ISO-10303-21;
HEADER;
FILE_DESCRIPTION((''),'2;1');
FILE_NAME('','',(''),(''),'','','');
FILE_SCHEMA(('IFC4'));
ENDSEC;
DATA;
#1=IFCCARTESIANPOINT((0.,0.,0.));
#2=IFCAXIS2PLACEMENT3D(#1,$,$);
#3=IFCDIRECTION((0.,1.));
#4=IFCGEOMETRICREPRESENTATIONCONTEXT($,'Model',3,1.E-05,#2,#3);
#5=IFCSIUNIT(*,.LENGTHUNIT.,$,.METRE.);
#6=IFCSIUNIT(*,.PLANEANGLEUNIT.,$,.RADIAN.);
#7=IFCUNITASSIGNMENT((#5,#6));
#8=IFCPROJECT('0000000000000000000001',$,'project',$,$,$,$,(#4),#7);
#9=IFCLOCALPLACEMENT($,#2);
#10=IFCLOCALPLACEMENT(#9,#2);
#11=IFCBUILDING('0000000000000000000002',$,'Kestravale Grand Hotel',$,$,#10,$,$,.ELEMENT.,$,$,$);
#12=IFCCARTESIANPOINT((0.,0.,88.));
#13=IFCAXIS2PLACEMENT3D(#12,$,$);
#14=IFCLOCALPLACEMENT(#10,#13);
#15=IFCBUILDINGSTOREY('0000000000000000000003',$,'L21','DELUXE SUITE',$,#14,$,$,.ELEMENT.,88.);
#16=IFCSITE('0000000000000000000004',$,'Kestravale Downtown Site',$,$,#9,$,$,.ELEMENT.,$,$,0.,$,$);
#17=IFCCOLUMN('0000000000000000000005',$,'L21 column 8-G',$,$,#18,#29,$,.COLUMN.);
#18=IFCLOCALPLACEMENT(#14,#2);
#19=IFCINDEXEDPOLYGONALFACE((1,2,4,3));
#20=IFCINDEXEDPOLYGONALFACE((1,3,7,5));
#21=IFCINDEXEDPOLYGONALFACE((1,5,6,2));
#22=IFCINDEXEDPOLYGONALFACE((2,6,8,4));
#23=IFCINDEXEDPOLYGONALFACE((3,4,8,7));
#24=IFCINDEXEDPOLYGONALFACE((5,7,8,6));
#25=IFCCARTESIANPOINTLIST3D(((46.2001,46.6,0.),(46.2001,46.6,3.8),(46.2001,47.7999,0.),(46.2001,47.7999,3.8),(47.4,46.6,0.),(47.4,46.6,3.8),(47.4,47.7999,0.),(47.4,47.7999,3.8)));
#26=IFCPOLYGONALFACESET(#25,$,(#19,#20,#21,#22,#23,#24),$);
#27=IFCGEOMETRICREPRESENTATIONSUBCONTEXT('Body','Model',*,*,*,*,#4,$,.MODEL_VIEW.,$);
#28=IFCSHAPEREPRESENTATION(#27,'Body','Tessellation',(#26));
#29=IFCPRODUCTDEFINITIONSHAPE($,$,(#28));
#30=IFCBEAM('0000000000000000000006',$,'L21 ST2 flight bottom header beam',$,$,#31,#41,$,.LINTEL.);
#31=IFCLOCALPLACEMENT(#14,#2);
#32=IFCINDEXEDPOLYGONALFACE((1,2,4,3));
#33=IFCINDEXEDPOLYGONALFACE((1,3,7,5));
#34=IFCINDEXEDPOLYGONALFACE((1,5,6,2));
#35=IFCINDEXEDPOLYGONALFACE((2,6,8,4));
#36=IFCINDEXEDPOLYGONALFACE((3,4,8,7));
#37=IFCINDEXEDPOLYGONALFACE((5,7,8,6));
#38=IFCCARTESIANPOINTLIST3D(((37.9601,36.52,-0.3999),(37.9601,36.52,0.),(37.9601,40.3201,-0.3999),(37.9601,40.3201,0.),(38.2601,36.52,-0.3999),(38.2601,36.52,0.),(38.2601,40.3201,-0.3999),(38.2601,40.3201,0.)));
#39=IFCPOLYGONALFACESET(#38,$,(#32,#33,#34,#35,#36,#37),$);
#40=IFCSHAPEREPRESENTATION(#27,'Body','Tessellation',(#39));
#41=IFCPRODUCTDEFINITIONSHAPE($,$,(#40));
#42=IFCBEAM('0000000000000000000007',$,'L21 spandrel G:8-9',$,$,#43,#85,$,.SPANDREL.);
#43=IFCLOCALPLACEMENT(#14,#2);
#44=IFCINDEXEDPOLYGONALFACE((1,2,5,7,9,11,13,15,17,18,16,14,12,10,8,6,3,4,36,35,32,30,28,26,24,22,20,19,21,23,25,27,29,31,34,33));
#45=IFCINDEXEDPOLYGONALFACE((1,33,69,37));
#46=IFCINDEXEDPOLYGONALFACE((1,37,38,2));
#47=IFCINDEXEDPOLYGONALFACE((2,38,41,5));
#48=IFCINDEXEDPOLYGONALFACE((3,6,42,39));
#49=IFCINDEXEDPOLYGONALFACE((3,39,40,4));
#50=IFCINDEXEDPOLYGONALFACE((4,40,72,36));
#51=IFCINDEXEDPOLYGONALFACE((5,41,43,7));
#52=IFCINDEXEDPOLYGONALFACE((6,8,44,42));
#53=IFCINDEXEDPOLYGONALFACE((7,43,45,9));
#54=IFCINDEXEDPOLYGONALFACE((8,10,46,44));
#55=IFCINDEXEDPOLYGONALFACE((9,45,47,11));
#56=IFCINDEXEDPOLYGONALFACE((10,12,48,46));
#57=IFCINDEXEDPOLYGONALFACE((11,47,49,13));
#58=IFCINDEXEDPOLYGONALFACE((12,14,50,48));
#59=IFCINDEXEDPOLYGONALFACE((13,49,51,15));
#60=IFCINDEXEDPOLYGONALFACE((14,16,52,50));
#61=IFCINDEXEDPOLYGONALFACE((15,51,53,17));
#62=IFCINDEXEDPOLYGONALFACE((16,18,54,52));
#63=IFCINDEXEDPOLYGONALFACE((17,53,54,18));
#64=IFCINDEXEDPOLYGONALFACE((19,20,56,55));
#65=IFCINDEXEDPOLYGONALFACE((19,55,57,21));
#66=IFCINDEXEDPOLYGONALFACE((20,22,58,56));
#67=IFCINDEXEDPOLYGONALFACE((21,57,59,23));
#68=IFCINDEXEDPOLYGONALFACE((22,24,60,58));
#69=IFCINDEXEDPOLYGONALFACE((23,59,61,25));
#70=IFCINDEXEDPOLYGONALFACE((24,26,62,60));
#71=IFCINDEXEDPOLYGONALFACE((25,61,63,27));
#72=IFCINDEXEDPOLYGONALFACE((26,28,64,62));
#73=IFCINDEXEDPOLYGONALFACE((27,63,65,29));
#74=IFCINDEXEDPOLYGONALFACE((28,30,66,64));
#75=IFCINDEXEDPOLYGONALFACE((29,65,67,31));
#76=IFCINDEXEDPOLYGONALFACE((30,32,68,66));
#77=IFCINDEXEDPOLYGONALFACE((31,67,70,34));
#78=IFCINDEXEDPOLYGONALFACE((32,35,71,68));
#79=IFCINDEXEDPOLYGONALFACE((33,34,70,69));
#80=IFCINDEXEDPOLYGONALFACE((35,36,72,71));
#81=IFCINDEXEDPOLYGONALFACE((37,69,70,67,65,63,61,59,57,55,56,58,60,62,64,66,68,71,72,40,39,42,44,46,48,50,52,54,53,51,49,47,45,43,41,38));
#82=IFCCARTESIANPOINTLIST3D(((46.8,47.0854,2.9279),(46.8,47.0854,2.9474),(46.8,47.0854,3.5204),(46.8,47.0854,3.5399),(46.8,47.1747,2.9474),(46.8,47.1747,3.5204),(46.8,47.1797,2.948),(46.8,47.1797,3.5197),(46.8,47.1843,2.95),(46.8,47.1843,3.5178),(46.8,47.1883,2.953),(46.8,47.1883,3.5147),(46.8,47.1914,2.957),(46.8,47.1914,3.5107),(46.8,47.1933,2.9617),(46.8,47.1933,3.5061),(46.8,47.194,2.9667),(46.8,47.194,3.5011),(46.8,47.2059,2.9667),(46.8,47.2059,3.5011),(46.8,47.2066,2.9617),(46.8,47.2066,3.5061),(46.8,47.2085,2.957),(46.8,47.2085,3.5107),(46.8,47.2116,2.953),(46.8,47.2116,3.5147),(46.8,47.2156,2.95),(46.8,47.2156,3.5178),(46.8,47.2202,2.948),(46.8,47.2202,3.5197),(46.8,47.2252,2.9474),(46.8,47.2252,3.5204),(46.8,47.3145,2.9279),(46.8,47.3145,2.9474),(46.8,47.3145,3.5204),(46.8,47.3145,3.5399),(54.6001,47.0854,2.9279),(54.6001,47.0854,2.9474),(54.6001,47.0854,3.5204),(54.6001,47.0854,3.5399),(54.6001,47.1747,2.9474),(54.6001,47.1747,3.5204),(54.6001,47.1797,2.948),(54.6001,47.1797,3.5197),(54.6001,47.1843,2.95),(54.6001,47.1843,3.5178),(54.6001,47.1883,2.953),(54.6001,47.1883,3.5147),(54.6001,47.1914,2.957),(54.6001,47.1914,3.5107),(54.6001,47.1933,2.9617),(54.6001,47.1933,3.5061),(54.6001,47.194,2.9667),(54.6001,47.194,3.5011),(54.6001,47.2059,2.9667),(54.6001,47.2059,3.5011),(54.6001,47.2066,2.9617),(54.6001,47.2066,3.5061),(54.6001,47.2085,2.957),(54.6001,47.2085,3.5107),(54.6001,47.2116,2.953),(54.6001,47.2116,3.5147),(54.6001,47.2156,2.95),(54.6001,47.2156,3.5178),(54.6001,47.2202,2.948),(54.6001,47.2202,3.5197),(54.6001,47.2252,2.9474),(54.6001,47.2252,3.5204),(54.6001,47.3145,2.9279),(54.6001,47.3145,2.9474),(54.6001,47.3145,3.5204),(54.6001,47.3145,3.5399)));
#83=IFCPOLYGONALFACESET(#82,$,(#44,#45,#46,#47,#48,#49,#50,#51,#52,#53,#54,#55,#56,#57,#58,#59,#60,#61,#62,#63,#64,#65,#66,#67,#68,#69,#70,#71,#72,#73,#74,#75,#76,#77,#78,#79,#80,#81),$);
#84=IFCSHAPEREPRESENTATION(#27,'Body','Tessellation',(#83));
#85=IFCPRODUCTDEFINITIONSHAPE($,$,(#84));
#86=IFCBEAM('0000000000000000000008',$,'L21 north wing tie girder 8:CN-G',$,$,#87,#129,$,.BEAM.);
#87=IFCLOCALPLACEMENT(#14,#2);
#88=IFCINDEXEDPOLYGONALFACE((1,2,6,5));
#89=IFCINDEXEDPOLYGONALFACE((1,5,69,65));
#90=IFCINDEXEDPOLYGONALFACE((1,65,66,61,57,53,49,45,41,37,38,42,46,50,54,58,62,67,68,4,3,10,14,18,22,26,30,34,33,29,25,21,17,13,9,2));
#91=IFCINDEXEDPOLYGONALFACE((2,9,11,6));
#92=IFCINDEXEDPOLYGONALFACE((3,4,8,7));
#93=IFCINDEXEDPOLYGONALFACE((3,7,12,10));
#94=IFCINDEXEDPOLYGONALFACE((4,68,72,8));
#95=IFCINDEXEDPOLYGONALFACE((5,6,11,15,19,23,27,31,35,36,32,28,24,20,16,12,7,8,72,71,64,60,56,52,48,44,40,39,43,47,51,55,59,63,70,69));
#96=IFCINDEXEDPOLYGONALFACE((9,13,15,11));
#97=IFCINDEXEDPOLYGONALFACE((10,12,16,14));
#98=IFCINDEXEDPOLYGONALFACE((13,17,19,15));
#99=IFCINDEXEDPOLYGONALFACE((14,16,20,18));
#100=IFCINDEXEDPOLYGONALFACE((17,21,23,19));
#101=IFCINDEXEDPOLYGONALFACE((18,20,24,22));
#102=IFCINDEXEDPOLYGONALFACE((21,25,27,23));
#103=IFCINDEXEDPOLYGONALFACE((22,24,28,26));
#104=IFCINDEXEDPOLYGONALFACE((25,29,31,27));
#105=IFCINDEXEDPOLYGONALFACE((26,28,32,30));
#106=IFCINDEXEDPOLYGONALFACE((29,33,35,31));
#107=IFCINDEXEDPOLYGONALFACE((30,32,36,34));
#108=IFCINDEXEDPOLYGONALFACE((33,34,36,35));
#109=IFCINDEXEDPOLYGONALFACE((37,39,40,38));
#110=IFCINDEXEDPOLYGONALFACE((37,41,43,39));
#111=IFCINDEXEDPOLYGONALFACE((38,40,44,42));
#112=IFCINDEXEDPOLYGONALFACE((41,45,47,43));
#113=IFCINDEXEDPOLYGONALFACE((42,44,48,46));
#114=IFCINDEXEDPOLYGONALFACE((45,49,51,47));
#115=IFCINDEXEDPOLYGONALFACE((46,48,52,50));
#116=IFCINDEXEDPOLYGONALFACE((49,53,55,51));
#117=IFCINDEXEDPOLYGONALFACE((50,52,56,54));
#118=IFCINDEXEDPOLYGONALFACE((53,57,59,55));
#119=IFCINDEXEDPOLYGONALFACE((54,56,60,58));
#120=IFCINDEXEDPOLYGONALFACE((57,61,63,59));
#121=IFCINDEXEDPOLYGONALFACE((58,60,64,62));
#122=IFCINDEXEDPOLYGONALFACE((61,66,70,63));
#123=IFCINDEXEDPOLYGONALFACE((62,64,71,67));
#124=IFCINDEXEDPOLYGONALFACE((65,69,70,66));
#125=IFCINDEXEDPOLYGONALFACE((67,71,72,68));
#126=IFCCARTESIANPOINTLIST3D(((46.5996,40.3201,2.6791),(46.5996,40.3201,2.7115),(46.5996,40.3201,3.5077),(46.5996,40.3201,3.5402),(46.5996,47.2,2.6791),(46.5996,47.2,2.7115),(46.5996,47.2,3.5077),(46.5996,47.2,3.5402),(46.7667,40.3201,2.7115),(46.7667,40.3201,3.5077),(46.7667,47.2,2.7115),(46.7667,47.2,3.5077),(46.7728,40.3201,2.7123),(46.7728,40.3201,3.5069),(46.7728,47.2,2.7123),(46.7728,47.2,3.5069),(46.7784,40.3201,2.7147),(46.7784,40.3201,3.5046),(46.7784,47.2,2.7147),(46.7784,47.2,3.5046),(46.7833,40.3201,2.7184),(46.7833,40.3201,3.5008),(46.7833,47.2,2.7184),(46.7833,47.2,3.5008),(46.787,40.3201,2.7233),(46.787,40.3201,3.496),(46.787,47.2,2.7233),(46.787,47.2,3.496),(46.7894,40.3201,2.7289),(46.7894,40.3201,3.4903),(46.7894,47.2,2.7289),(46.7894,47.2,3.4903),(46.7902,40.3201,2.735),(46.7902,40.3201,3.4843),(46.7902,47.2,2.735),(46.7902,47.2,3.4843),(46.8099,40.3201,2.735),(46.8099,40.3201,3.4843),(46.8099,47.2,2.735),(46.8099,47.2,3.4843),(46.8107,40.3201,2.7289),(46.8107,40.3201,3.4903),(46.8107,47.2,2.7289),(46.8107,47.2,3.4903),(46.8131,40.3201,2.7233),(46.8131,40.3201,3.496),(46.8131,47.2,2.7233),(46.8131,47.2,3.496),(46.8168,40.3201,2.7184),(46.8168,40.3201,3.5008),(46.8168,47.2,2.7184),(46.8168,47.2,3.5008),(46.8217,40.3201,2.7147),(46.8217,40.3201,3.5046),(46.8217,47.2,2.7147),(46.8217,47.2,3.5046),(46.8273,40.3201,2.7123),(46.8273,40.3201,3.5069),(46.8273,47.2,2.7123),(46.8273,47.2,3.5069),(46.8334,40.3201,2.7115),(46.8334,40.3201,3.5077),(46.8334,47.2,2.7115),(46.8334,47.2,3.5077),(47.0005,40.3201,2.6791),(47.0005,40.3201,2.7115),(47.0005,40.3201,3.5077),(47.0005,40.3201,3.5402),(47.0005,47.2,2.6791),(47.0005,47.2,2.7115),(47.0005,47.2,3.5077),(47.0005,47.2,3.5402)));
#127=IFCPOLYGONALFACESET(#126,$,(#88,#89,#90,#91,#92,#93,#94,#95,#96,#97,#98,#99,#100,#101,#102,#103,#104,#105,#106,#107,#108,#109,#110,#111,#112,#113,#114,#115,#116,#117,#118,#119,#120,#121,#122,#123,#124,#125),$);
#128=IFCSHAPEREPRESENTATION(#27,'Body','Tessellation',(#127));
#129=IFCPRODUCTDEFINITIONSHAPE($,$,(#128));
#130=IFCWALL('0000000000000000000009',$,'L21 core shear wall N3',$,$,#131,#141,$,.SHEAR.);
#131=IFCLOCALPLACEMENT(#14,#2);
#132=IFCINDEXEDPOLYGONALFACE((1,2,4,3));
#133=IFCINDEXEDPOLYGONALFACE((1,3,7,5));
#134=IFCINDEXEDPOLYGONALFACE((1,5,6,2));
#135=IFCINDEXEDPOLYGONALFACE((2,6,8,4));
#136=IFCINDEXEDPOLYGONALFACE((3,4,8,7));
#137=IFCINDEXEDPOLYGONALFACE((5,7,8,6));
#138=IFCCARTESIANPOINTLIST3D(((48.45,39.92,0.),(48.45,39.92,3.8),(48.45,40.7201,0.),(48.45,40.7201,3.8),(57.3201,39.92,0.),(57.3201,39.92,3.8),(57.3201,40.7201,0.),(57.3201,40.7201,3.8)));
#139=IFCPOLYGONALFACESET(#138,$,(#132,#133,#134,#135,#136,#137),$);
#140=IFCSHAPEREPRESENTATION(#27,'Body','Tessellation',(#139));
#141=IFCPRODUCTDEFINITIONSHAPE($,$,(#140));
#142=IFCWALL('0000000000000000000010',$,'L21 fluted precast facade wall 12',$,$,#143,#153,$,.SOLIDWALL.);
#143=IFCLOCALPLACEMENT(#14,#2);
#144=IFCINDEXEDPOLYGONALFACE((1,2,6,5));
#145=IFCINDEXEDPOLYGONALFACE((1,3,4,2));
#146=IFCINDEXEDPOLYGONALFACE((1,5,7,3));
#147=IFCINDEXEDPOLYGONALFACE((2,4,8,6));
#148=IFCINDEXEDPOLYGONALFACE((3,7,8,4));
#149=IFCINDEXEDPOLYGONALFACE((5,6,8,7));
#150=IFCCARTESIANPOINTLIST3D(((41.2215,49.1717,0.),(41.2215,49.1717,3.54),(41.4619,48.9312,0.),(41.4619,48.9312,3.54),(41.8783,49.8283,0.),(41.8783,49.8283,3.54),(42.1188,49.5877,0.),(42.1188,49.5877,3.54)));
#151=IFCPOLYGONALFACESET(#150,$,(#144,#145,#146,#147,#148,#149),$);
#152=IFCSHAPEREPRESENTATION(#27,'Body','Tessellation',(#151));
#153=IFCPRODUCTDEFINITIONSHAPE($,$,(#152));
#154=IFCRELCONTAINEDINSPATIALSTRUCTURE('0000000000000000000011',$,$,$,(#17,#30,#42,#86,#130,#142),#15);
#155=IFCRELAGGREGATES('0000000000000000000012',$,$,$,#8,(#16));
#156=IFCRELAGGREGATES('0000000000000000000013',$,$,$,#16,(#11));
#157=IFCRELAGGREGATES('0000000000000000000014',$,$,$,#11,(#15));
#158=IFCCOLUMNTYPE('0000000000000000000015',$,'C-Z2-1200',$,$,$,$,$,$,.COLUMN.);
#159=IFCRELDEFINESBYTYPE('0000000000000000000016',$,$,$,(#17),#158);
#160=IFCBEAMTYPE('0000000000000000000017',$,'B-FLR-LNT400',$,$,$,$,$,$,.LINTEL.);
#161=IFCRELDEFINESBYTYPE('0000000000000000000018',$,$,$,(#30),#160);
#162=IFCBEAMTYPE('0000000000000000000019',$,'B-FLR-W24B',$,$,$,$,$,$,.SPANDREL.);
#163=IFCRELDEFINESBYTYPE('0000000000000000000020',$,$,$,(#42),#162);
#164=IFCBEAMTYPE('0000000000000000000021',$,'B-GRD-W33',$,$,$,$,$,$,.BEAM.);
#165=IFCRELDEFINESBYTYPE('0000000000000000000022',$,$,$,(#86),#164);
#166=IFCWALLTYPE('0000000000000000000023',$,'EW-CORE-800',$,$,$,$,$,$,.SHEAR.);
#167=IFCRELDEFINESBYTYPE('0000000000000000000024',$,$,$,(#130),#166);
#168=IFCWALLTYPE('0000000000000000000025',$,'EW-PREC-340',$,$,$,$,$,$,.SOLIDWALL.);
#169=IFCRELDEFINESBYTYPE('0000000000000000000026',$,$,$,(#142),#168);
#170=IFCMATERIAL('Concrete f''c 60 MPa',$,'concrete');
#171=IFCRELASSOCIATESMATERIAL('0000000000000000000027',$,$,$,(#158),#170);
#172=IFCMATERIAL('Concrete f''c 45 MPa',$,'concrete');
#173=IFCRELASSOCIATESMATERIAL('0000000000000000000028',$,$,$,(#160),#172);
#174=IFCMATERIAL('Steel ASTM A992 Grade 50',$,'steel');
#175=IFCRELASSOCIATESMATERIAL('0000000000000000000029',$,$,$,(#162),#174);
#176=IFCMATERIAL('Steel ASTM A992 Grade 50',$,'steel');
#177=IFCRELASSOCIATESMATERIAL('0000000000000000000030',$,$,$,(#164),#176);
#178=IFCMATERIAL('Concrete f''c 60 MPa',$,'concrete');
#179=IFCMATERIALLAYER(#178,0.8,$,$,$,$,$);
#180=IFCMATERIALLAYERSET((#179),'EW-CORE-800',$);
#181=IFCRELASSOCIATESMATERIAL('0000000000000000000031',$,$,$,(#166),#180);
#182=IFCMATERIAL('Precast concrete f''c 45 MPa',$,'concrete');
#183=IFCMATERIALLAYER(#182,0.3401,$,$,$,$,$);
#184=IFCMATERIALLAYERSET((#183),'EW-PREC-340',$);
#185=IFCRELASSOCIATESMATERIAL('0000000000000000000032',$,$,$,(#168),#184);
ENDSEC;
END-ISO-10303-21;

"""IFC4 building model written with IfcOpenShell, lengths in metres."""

from ifc_helpers import new_model, si_unit, direction, frame, frame_2d, origin, origin_2d, place, context, subcontext, project, spatial, rectangle, i_section, extrude, material, layer, layer_set, material_profile, profile_set, type_object, element, save


model = new_model("IFC4")

# Units and contexts
model_context = context("Model", 3, precision=1e-05, world=origin(), true_north=direction((0.0, 1.0)))
body_context = subcontext(model_context, "Body", "Model", "MODEL_VIEW")
ifc_project = project(units=[si_unit("LENGTHUNIT", "METRE"), si_unit("PLANEANGLEUNIT", "RADIAN")], contexts=[model_context])

# Site, building, storey
site_placement = place(None, origin())
site = spatial("IfcSite", under=ifc_project, at=site_placement, Name="Kestravale Downtown Site", CompositionType="ELEMENT", RefElevation=0.0)
building_placement = place(site_placement, origin())
building = spatial("IfcBuilding", under=site, at=building_placement, Name="Kestravale Grand Hotel", CompositionType="ELEMENT")
storey_placement = place(building_placement, frame((0.0, 0.0, 88.0)))
storey = spatial("IfcBuildingStorey", under=building, at=storey_placement, Name="L21", Description="DELUXE SUITE", CompositionType="ELEMENT", Elevation=88.0)

# Column
ifc_material_1 = material(Name="Concrete f'c 60 MPa", Category="concrete")
ifc_material_profile_1 = material_profile(ifc_material_1, rectangle(XDim=1.2, YDim=1.2, at=origin_2d()))
ifc_profile_set_1 = profile_set([ifc_material_profile_1], Name="Concrete f'c 60 MPa")
column_type = type_object("IfcColumnType", Name="C-Z2-1200", PredefinedType="COLUMN", material=ifc_profile_set_1)
column_placement = place(storey_placement, frame((46.8, 47.2, 0.0), z_axis=(0.0, 0.0, 1.0), x_axis=(1.0, 0.0, 0.0)))
element("IfcColumn", 1, at=column_placement, inside=storey, type_object=column_type, Name="L21 column 8-G", PredefinedType="COLUMN", context=body_context, shape_type="SweptSolid", body=[
    extrude(rectangle(XDim=1.2, YDim=1.2, at=origin_2d()), origin(), (0.0, 0.0, 1.0), 3.8),
])

# Beams
ifc_material_2 = material(Name="Concrete f'c 45 MPa", Category="concrete")
ifc_material_profile_2 = material_profile(ifc_material_2, rectangle(XDim=0.3, YDim=0.3999, at=origin_2d()))
ifc_profile_set_2 = profile_set([ifc_material_profile_2], Name="Concrete f'c 45 MPa")
beam_type_1 = type_object("IfcBeamType", Name="B-FLR-LNT400", PredefinedType="LINTEL", material=ifc_profile_set_2)
beam_1_placement = place(storey_placement, frame((38.1101, 36.52, -0.2), z_axis=(0.0, 1.0, 0.0), x_axis=(-1.0, 0.0, 0.0)))
element("IfcBeam", 2, at=beam_1_placement, inside=storey, type_object=beam_type_1, Name="L21 ST2 flight bottom header beam", PredefinedType="LINTEL", context=body_context, shape_type="SweptSolid", body=[
    extrude(rectangle(XDim=0.3, YDim=0.3999, at=origin_2d()), origin(), (0.0, 0.0, 1.0), 3.8),
])
ifc_material_3 = material(Name="Steel ASTM A992 Grade 50", Category="steel")
ifc_material_profile_3 = material_profile(ifc_material_3, i_section(OverallWidth=0.229, OverallDepth=0.6121, WebThickness=0.012, FlangeThickness=0.0195, FilletRadius=0.0193, at=origin_2d()))
ifc_profile_set_3 = profile_set([ifc_material_profile_3], Name="Steel ASTM A992 Grade 50")
beam_type_2 = type_object("IfcBeamType", Name="B-FLR-W24B", PredefinedType="SPANDREL", material=ifc_profile_set_3)
beam_2_placement = place(storey_placement, frame((46.8, 47.2, 3.2339), z_axis=(1.0, 0.0, 0.0), x_axis=(0.0, 1.0, 0.0)))
element("IfcBeam", 3, at=beam_2_placement, inside=storey, type_object=beam_type_2, Name="L21 spandrel G:8-9", PredefinedType="SPANDREL", context=body_context, shape_type="SweptSolid", body=[
    extrude(i_section(OverallWidth=0.229, OverallDepth=0.6121, WebThickness=0.012, FlangeThickness=0.0195, FilletRadius=0.0193, at=origin_2d()), origin(), (0.0, 0.0, 1.0), 7.8),
])
ifc_material_4 = material(Name="Steel ASTM A992 Grade 50", Category="steel")
ifc_material_profile_4 = material_profile(ifc_material_4, i_section(OverallWidth=0.4009, OverallDepth=0.8611, WebThickness=0.0198, FlangeThickness=0.0325, FilletRadius=0.0234, at=origin_2d()))
ifc_profile_set_4 = profile_set([ifc_material_profile_4], Name="Steel ASTM A992 Grade 50")
beam_type_3 = type_object("IfcBeamType", Name="B-GRD-W33", PredefinedType="BEAM", material=ifc_profile_set_4)
beam_3_placement = place(storey_placement, frame((46.8, 40.3201, 3.1096), z_axis=(0.0, 1.0, 0.0), x_axis=(-1.0, 0.0, 0.0)))
element("IfcBeam", 4, at=beam_3_placement, inside=storey, type_object=beam_type_3, Name="L21 north wing tie girder 8:CN-G", PredefinedType="BEAM", context=body_context, shape_type="SweptSolid", body=[
    extrude(i_section(OverallWidth=0.4009, OverallDepth=0.8611, WebThickness=0.0198, FlangeThickness=0.0325, FilletRadius=0.0234, at=origin_2d()), origin(), (0.0, 0.0, 1.0), 6.8799),
])

# Walls
ifc_material_5 = material(Name="Concrete f'c 60 MPa", Category="concrete")
ifc_layer_1 = layer(ifc_material_5, 0.8)
ifc_layer_set_1 = layer_set([ifc_layer_1], Name="EW-CORE-800")
wall_type_1 = type_object("IfcWallType", Name="EW-CORE-800", PredefinedType="SHEAR", material=ifc_layer_set_1)
wall_1_placement = place(storey_placement, frame((48.45, 40.3201, 0.0), z_axis=(0.0, 0.0, 1.0), x_axis=(1.0, 0.0, 0.0)))
element("IfcWall", 5, at=wall_1_placement, inside=storey, type_object=wall_type_1, Name="L21 core shear wall N3", PredefinedType="SHEAR", context=body_context, shape_type="SweptSolid", body=[
    extrude(rectangle(XDim=8.8701, YDim=0.8, at=frame_2d((4.4351, 0.0))), origin(), (0.0, 0.0, 1.0), 3.8),
])
ifc_material_6 = material(Name="Precast concrete f'c 45 MPa", Category="concrete")
ifc_layer_2 = layer(ifc_material_6, 0.3401)
ifc_layer_set_2 = layer_set([ifc_layer_2], Name="EW-PREC-340")
wall_type_2 = type_object("IfcWallType", Name="EW-PREC-340", PredefinedType="SOLIDWALL", material=ifc_layer_set_2)
wall_2_placement = place(storey_placement, frame((41.9985, 49.708, 0.0), z_axis=(0.0, 0.0, 1.0), x_axis=(-0.707238, -0.706975, 0.0)))
element("IfcWall", 6, at=wall_2_placement, inside=storey, type_object=wall_type_2, Name="L21 fluted precast facade wall 12", PredefinedType="SOLIDWALL", context=body_context, shape_type="SweptSolid", body=[
    extrude(rectangle(XDim=0.9287, YDim=0.3401, at=frame_2d((0.4644, 0.0))), origin(), (0.0, 0.0, 1.0), 3.54),
])

save(model, "model.ifc")
